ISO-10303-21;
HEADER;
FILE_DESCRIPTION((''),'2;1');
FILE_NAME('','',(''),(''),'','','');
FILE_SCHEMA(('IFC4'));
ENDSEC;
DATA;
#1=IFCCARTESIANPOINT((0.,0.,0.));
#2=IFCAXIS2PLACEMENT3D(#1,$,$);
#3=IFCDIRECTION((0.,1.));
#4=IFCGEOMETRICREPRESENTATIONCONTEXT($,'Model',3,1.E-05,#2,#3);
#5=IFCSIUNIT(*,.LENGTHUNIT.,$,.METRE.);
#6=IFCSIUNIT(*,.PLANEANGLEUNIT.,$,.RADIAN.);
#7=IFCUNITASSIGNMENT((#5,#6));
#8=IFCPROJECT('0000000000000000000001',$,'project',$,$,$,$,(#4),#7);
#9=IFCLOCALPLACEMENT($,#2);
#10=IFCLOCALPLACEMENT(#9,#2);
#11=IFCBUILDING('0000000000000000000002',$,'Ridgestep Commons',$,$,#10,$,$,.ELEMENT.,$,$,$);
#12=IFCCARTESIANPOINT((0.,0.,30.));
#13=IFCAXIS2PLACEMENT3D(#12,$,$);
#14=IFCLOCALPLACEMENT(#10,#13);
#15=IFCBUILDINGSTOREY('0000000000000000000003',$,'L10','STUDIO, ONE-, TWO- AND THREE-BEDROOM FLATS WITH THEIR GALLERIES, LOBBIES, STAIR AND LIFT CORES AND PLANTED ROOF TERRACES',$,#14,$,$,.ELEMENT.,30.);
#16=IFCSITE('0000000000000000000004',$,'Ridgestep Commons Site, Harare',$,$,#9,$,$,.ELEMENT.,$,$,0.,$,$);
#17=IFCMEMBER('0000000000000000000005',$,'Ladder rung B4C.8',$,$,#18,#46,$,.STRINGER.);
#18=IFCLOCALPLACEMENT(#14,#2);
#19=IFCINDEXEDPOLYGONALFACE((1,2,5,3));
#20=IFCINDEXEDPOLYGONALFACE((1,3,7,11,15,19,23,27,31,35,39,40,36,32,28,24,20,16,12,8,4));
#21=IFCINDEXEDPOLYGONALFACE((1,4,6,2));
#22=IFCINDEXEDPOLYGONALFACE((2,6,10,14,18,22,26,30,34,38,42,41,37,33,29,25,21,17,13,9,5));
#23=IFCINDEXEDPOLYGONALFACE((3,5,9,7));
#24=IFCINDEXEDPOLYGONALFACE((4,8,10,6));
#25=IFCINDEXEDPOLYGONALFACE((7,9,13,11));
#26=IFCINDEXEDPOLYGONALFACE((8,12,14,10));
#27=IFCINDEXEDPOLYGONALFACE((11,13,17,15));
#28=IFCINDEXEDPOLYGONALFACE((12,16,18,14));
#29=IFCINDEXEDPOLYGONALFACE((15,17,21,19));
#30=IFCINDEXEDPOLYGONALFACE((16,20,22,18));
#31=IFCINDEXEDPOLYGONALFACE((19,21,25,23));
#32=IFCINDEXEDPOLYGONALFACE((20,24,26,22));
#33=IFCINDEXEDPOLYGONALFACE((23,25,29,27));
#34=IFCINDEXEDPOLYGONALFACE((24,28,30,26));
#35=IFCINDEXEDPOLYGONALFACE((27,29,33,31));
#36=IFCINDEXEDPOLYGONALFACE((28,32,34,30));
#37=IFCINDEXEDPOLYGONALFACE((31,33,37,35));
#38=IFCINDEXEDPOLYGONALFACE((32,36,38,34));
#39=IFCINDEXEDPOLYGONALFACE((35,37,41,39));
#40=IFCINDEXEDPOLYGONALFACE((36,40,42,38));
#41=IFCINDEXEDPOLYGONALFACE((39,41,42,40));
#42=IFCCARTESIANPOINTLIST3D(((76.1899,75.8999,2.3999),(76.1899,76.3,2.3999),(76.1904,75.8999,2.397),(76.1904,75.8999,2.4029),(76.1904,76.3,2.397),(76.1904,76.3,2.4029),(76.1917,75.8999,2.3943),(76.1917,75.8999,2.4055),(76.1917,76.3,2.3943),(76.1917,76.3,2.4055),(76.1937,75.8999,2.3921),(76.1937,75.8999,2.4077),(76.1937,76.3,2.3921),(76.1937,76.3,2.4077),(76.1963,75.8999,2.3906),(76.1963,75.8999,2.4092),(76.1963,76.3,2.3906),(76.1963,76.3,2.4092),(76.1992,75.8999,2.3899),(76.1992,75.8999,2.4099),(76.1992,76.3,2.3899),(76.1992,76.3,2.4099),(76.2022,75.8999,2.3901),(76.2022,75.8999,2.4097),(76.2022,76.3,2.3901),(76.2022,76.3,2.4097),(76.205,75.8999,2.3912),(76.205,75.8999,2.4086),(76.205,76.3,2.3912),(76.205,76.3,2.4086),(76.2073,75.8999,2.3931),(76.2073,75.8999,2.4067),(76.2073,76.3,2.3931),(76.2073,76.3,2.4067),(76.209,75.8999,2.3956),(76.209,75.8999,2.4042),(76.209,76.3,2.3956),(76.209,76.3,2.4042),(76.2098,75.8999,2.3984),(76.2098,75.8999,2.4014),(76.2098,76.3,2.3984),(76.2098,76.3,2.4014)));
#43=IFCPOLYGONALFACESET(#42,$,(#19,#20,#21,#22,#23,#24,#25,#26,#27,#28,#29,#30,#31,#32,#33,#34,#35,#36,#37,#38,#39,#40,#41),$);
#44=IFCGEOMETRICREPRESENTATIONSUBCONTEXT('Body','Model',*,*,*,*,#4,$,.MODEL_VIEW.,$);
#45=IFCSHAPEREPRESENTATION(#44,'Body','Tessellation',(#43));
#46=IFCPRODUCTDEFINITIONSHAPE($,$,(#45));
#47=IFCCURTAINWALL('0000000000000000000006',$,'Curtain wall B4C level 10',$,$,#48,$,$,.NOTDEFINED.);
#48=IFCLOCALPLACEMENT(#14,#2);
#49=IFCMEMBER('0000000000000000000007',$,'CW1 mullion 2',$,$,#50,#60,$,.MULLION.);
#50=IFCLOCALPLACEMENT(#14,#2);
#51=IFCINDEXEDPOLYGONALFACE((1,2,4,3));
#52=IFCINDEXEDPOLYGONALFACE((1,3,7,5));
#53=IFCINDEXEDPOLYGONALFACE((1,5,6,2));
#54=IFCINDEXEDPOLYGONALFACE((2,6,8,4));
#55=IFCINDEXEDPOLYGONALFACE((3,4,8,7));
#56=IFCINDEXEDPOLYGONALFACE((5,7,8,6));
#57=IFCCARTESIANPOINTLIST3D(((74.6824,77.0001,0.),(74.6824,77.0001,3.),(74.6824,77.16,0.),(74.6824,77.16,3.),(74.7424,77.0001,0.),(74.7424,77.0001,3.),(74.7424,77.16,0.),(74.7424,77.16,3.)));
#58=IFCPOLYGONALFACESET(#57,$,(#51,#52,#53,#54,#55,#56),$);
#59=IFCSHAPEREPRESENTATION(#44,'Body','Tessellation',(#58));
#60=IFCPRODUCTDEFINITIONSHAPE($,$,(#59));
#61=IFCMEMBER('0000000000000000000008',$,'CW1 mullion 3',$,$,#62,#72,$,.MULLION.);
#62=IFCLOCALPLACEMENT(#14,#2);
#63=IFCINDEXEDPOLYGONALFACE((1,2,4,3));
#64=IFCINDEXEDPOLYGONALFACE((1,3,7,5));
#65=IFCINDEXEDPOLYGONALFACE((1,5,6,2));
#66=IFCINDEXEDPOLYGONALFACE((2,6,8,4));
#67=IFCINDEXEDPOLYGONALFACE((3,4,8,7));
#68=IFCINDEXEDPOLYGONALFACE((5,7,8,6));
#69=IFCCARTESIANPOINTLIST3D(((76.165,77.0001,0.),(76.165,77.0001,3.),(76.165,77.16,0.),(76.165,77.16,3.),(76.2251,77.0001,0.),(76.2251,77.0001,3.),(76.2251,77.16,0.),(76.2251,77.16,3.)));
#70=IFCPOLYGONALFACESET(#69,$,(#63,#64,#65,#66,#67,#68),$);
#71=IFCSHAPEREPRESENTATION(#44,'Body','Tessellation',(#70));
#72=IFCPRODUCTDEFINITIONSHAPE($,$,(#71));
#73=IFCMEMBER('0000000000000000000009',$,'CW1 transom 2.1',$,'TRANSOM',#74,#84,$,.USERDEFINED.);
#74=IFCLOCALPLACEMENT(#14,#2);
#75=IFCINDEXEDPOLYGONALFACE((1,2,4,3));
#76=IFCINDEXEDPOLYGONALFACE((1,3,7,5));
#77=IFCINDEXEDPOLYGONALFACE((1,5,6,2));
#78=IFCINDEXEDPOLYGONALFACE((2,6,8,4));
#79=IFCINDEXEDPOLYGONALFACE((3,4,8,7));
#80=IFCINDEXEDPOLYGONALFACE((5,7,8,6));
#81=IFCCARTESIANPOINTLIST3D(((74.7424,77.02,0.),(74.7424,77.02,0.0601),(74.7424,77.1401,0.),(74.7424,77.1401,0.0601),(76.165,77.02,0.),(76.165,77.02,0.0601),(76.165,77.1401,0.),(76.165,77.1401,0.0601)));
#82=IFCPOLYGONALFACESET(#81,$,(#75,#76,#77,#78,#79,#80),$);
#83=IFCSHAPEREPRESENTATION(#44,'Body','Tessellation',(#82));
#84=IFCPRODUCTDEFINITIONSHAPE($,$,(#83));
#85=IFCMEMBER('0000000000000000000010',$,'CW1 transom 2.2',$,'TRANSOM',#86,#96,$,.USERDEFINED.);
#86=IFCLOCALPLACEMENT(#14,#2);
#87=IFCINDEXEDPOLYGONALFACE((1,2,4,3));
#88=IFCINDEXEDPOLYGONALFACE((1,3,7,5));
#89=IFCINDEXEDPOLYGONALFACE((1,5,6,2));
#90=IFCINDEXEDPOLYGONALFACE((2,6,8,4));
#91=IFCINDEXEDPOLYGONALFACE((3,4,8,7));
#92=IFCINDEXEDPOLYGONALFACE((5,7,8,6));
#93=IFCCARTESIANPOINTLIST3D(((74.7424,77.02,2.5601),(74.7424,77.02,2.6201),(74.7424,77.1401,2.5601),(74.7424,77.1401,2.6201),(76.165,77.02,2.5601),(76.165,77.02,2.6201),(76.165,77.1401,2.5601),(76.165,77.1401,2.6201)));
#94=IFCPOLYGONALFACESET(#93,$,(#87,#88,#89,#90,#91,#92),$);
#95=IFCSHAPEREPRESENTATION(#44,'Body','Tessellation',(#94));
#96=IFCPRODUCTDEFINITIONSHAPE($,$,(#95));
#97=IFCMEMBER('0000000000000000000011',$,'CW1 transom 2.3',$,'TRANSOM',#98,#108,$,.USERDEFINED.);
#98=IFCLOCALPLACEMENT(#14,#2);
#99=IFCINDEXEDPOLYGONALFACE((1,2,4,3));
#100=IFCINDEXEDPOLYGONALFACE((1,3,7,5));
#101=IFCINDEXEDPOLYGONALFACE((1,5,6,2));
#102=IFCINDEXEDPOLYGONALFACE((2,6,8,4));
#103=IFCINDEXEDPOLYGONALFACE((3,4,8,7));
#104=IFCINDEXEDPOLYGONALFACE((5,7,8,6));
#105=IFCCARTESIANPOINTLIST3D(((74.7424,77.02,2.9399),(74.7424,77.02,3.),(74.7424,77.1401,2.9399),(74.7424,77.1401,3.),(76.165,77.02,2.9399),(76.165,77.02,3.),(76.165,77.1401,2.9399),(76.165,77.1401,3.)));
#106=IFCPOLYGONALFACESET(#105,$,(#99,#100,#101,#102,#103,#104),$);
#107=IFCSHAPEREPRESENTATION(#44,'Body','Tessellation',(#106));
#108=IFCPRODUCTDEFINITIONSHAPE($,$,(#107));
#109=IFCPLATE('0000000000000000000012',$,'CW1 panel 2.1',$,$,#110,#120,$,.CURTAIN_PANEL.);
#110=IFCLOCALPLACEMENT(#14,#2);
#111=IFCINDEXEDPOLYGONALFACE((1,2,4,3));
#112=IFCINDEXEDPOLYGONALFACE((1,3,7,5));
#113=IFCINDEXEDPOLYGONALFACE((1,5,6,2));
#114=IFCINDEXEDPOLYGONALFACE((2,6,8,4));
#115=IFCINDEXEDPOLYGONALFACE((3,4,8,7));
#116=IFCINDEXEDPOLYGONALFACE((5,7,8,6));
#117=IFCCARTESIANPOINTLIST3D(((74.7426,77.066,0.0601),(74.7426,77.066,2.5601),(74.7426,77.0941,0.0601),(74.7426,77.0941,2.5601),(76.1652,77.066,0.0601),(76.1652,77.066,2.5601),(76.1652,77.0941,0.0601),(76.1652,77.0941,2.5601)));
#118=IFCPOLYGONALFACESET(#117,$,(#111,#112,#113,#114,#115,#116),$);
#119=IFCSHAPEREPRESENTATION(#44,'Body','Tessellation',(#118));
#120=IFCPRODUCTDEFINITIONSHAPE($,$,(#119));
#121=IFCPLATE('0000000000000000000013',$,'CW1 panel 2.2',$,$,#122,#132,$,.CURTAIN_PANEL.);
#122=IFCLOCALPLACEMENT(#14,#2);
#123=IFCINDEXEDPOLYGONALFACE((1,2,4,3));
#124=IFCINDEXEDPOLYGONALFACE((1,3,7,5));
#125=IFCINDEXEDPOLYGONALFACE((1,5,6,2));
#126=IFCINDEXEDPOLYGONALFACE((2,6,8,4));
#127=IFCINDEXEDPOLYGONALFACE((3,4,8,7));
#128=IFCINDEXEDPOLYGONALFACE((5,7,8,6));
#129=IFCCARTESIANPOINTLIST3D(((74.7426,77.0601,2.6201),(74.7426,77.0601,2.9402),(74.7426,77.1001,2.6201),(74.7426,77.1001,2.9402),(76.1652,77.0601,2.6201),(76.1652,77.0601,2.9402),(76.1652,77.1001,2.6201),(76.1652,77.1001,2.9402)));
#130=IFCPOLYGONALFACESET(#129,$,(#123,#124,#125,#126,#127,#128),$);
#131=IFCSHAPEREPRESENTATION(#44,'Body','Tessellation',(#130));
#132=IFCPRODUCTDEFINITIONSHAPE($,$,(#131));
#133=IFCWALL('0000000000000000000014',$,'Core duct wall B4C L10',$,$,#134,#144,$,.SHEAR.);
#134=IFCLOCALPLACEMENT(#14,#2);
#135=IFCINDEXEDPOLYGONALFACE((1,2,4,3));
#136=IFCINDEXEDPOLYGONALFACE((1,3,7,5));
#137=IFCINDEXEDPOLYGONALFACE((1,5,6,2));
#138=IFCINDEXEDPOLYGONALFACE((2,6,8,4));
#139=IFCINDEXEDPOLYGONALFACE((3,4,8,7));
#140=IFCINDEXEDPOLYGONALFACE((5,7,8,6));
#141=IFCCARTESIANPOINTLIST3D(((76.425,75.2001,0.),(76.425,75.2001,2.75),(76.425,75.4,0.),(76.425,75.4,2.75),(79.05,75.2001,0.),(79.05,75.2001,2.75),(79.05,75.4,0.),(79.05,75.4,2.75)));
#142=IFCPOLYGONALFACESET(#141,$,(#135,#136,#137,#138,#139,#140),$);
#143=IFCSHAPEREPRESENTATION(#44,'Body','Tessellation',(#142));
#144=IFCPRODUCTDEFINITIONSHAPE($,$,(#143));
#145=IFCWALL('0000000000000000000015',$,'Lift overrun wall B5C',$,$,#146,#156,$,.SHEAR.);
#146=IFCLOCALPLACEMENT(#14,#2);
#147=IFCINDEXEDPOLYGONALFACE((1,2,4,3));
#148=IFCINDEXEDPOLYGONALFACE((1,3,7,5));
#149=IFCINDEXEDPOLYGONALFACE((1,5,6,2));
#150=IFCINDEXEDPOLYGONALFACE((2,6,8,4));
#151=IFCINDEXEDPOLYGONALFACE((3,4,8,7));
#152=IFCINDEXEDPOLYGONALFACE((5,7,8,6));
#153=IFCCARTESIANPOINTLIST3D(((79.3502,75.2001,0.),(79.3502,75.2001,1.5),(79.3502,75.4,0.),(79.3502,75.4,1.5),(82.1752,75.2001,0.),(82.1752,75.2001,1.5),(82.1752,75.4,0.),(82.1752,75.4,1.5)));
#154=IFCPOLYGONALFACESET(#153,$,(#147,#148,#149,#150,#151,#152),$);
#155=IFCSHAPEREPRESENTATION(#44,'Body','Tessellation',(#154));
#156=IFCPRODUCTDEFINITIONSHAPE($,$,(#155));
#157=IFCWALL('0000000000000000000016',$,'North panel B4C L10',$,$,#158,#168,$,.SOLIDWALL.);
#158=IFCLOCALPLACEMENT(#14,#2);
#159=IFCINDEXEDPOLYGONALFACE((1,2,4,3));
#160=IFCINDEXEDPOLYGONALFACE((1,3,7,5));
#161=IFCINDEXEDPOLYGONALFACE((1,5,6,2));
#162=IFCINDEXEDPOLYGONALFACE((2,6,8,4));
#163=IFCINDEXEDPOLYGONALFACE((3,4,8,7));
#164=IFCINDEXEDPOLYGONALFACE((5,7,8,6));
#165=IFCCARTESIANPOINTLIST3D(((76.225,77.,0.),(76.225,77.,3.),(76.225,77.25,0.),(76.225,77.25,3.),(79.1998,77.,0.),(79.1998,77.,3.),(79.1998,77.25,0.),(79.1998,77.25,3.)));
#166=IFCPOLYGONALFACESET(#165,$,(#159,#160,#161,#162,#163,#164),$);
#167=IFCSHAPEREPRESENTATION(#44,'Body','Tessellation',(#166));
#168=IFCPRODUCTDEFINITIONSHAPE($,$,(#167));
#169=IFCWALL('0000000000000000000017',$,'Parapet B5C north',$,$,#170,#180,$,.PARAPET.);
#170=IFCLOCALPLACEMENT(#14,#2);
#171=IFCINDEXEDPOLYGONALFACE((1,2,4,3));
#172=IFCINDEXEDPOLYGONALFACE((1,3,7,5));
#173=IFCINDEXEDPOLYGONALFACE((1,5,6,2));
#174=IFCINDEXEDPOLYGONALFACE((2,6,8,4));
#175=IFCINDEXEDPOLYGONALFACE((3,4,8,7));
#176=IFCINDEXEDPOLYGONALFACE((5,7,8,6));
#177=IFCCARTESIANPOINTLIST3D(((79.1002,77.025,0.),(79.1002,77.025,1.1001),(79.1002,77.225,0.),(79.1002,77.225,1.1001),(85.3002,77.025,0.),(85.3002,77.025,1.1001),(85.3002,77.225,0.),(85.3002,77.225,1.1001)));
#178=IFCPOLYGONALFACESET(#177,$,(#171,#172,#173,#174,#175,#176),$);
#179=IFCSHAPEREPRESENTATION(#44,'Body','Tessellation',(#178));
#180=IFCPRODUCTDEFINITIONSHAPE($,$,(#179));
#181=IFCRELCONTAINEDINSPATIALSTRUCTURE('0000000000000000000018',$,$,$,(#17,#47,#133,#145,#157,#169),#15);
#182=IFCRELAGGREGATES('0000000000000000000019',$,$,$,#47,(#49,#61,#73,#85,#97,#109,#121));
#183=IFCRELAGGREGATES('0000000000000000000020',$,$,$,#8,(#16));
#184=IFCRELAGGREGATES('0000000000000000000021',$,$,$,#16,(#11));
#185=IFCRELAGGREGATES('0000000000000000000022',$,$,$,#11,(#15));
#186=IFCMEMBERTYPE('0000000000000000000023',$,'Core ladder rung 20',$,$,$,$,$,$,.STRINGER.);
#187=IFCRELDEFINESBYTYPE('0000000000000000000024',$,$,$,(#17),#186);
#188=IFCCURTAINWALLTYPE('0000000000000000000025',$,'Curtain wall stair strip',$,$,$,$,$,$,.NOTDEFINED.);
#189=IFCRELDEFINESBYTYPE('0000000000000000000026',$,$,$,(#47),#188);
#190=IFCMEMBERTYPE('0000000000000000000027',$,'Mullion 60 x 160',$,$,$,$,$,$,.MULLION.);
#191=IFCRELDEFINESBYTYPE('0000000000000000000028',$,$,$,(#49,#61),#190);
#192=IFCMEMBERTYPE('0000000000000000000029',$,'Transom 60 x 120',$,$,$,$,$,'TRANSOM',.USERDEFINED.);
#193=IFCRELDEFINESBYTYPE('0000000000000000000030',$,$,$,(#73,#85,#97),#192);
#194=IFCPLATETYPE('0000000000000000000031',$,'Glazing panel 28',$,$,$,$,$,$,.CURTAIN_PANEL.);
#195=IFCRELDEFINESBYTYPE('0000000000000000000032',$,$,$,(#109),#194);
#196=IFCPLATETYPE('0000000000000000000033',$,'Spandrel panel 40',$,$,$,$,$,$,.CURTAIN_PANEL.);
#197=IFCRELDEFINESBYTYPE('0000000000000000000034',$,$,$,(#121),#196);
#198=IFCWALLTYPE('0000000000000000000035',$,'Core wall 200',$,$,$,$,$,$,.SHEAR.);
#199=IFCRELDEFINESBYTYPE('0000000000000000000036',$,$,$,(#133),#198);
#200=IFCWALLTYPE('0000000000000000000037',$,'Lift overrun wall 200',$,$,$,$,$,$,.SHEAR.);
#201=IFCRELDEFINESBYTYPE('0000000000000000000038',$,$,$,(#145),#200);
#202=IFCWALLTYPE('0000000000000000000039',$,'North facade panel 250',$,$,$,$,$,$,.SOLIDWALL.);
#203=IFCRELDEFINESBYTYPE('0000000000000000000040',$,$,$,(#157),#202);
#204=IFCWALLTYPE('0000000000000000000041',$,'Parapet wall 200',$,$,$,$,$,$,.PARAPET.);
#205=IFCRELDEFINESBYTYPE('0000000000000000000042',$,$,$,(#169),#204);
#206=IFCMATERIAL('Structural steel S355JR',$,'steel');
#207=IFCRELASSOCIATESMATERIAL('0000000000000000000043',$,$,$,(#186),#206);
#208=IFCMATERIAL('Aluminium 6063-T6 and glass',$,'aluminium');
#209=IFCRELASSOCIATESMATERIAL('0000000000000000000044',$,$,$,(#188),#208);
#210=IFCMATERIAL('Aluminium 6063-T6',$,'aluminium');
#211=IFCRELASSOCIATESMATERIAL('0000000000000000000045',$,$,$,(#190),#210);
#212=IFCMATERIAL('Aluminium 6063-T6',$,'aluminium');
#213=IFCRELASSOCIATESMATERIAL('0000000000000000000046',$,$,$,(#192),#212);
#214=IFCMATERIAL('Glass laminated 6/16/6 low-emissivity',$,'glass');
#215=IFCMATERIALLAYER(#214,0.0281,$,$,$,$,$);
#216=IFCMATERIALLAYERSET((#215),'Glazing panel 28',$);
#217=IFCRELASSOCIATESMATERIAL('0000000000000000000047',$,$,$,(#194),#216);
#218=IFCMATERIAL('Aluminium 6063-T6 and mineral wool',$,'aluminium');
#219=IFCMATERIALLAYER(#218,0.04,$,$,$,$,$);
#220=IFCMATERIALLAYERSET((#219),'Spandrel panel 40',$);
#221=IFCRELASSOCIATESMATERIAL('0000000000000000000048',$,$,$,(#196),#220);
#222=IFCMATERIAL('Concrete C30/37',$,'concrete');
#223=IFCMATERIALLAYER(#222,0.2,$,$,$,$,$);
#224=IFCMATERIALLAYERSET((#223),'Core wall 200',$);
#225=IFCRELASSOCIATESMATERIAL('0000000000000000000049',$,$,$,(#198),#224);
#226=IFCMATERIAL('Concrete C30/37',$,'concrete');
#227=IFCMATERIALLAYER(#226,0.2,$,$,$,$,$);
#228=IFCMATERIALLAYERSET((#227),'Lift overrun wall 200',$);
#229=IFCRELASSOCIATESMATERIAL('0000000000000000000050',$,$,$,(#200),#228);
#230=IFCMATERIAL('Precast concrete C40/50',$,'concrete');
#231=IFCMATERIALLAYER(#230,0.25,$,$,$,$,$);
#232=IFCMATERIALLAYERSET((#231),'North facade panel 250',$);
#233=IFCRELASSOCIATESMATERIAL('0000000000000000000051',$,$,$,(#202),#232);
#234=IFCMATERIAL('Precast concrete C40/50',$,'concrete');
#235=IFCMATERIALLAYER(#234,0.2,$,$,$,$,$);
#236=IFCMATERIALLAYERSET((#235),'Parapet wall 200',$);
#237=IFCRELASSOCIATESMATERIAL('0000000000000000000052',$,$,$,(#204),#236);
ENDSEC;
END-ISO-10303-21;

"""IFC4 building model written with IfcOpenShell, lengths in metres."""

from ifc_helpers import new_model, si_unit, direction, frame, frame_2d, origin, origin_2d, place, context, subcontext, project, spatial, rectangle, circle, extrude, material, layer, layer_set, material_profile, profile_set, type_object, element, aggregate, save


model = new_model("IFC4")

# Units and contexts
model_context = context("Model", 3, precision=1e-05, world=origin(), true_north=direction((0.0, 1.0)))
body_context = subcontext(model_context, "Body", "Model", "MODEL_VIEW")
ifc_project = project(units=[si_unit("LENGTHUNIT", "METRE"), si_unit("PLANEANGLEUNIT", "RADIAN")], contexts=[model_context])

# Site, building, storey
site_placement = place(None, origin())
site = spatial("IfcSite", under=ifc_project, at=site_placement, Name="Ridgestep Commons Site, Harare", CompositionType="ELEMENT", RefElevation=0.0)
building_placement = place(site_placement, origin())
building = spatial("IfcBuilding", under=site, at=building_placement, Name="Ridgestep Commons", CompositionType="ELEMENT")
storey_placement = place(building_placement, frame((0.0, 0.0, 30.0)))
storey = spatial("IfcBuildingStorey", under=building, at=storey_placement, Name="L10", Description="STUDIO, ONE-, TWO- AND THREE-BEDROOM FLATS WITH THEIR GALLERIES, LOBBIES, STAIR AND LIFT CORES AND PLANTED ROOF TERRACES", CompositionType="ELEMENT", Elevation=30.0)

# Member
ifc_material_1 = material(Name="Structural steel S355JR", Category="steel")
ifc_material_profile_1 = material_profile(ifc_material_1, circle(Radius=0.01, at=origin_2d()), Name="Round bar 20")
ifc_profile_set_1 = profile_set([ifc_material_profile_1], Name="Structural steel S355JR")
member_type_1 = type_object("IfcMemberType", Name="Core ladder rung 20", PredefinedType="STRINGER", material=ifc_profile_set_1)
for number, where, z_axis, x_axis, name in (
    (1, (76.2, 75.8999, 2.3999), (0.0, 1.0, 0.0), (-1.0, 0.0, 0.0), "Ladder rung B4C.8"),
):
    element("IfcMember", number, at=place(storey_placement, frame(where, z_axis=z_axis, x_axis=x_axis)), inside=storey, type_object=member_type_1, Name=name, PredefinedType="STRINGER", context=body_context, shape_type="SweptSolid", body=[
        extrude(circle(Radius=0.01, at=origin_2d()), origin(), (0.0, 0.0, 1.0), 0.4001),
    ])

# Curtain wall, members, plates
ifc_material_2 = material(Name="Aluminium 6063-T6 and glass", Category="aluminium")
curtain_wall_type = type_object("IfcCurtainWallType", Name="Curtain wall stair strip", PredefinedType="NOTDEFINED", material=ifc_material_2)
curtain_wall_placement = place(storey_placement, origin())
curtain_wall = element("IfcCurtainWall", 2, at=curtain_wall_placement, inside=storey, type_object=curtain_wall_type, Name="Curtain wall B4C level 10", PredefinedType="NOTDEFINED")
ifc_material_3 = material(Name="Aluminium 6063-T6", Category="aluminium")
ifc_material_profile_2 = material_profile(ifc_material_3, rectangle(XDim=0.1599, YDim=0.0601, at=origin_2d()), Name="Mullion 60 x 160")
ifc_profile_set_2 = profile_set([ifc_material_profile_2], Name="Aluminium 6063-T6")
member_type_2 = type_object("IfcMemberType", Name="Mullion 60 x 160", PredefinedType="MULLION", material=ifc_profile_set_2)
member_1_placement = place(storey_placement, frame((74.7124, 77.0801, 0.0), z_axis=(0.0, 0.0, 1.0), x_axis=(0.0, 1.0, 0.0)))
member_1 = element("IfcMember", 3, at=member_1_placement, type_object=member_type_2, Name="CW1 mullion 2", PredefinedType="MULLION", context=body_context, shape_type="SweptSolid", body=[
    extrude(rectangle(XDim=0.1599, YDim=0.0601, at=origin_2d()), origin(), (0.0, 0.0, 1.0), 3.0),
])
member_2_placement = place(storey_placement, frame((76.1951, 77.0801, 0.0), z_axis=(0.0, 0.0, 1.0), x_axis=(0.0, 1.0, 0.0)))
member_2 = element("IfcMember", 4, at=member_2_placement, type_object=member_type_2, Name="CW1 mullion 3", PredefinedType="MULLION", context=body_context, shape_type="SweptSolid", body=[
    extrude(rectangle(XDim=0.1599, YDim=0.0601, at=origin_2d()), origin(), (0.0, 0.0, 1.0), 3.0),
])
ifc_material_4 = material(Name="Aluminium 6063-T6", Category="aluminium")
ifc_material_profile_3 = material_profile(ifc_material_4, rectangle(XDim=0.1201, YDim=0.0601, at=origin_2d()), Name="Transom 60 x 120")
ifc_profile_set_3 = profile_set([ifc_material_profile_3], Name="Aluminium 6063-T6")
member_type_3 = type_object("IfcMemberType", Name="Transom 60 x 120", ElementType="TRANSOM", PredefinedType="USERDEFINED", material=ifc_profile_set_3)
member_3_placement = place(storey_placement, frame((74.7424, 77.0801, 0.03), z_axis=(1.0, 0.0, 0.0), x_axis=(0.0, 1.0, 0.0)))
member_3 = element("IfcMember", 5, at=member_3_placement, type_object=member_type_3, Name="CW1 transom 2.1", ObjectType="TRANSOM", PredefinedType="USERDEFINED", context=body_context, shape_type="SweptSolid", body=[
    extrude(rectangle(XDim=0.1201, YDim=0.0601, at=origin_2d()), origin(), (0.0, 0.0, 1.0), 1.4226),
])
member_4_placement = place(storey_placement, frame((74.7424, 77.0801, 2.5901), z_axis=(1.0, 0.0, 0.0), x_axis=(0.0, 1.0, 0.0)))
member_4 = element("IfcMember", 6, at=member_4_placement, type_object=member_type_3, Name="CW1 transom 2.2", ObjectType="TRANSOM", PredefinedType="USERDEFINED", context=body_context, shape_type="SweptSolid", body=[
    extrude(rectangle(XDim=0.1201, YDim=0.0601, at=origin_2d()), origin(), (0.0, 0.0, 1.0), 1.4226),
])
member_5_placement = place(storey_placement, frame((74.7424, 77.0801, 2.97), z_axis=(1.0, 0.0, 0.0), x_axis=(0.0, 1.0, 0.0)))
member_5 = element("IfcMember", 7, at=member_5_placement, type_object=member_type_3, Name="CW1 transom 2.3", ObjectType="TRANSOM", PredefinedType="USERDEFINED", context=body_context, shape_type="SweptSolid", body=[
    extrude(rectangle(XDim=0.1201, YDim=0.0601, at=origin_2d()), origin(), (0.0, 0.0, 1.0), 1.4226),
])
ifc_material_5 = material(Name="Glass laminated 6/16/6 low-emissivity", Category="glass")
ifc_layer_1 = layer(ifc_material_5, 0.0281)
ifc_layer_set_1 = layer_set([ifc_layer_1], Name="Glazing panel 28")
plate_type_1 = type_object("IfcPlateType", Name="Glazing panel 28", PredefinedType="CURTAIN_PANEL", material=ifc_layer_set_1)
plate_1_placement = place(storey_placement, frame((75.4539, 77.0801, 0.0601), z_axis=(0.0, 0.0, 1.0), x_axis=(1.0, 0.0, 0.0)))
plate_1 = element("IfcPlate", 8, at=plate_1_placement, type_object=plate_type_1, Name="CW1 panel 2.1", PredefinedType="CURTAIN_PANEL", context=body_context, shape_type="SweptSolid", body=[
    extrude(rectangle(XDim=1.4226, YDim=0.0281, at=origin_2d()), origin(), (0.0, 0.0, 1.0), 2.5),
])
ifc_material_6 = material(Name="Aluminium 6063-T6 and mineral wool", Category="aluminium")
ifc_layer_2 = layer(ifc_material_6, 0.04)
ifc_layer_set_2 = layer_set([ifc_layer_2], Name="Spandrel panel 40")
plate_type_2 = type_object("IfcPlateType", Name="Spandrel panel 40", PredefinedType="CURTAIN_PANEL", material=ifc_layer_set_2)
plate_2_placement = place(storey_placement, frame((75.4539, 77.0801, 2.6201), z_axis=(0.0, 0.0, 1.0), x_axis=(1.0, 0.0, 0.0)))
plate_2 = element("IfcPlate", 9, at=plate_2_placement, type_object=plate_type_2, Name="CW1 panel 2.2", PredefinedType="CURTAIN_PANEL", context=body_context, shape_type="SweptSolid", body=[
    extrude(rectangle(XDim=1.4226, YDim=0.04, at=origin_2d()), origin(), (0.0, 0.0, 1.0), 0.3201),
])
aggregate(curtain_wall, [member_1, member_2, member_3, member_4, member_5, plate_1, plate_2])

# Walls
ifc_material_7 = material(Name="Concrete C30/37", Category="concrete")
ifc_layer_3 = layer(ifc_material_7, 0.2)
ifc_layer_set_3 = layer_set([ifc_layer_3], Name="Core wall 200")
wall_type_1 = type_object("IfcWallType", Name="Core wall 200", PredefinedType="SHEAR", material=ifc_layer_set_3)
wall_1_placement = place(storey_placement, frame((76.425, 75.3, 0.0), z_axis=(0.0, 0.0, 1.0), x_axis=(1.0, 0.0, 0.0)))
element("IfcWall", 10, at=wall_1_placement, inside=storey, type_object=wall_type_1, Name="Core duct wall B4C L10", PredefinedType="SHEAR", context=body_context, shape_type="SweptSolid", body=[
    extrude(rectangle(XDim=2.625, YDim=0.2, at=frame_2d((1.3125, 0.0))), origin(), (0.0, 0.0, 1.0), 2.75),
])
ifc_material_8 = material(Name="Concrete C30/37", Category="concrete")
ifc_layer_4 = layer(ifc_material_8, 0.2)
ifc_layer_set_4 = layer_set([ifc_layer_4], Name="Lift overrun wall 200")
wall_type_2 = type_object("IfcWallType", Name="Lift overrun wall 200", PredefinedType="SHEAR", material=ifc_layer_set_4)
wall_2_placement = place(storey_placement, frame((79.3501, 75.3, 0.0), z_axis=(0.0, 0.0, 1.0), x_axis=(1.0, 0.0, 0.0)))
element("IfcWall", 11, at=wall_2_placement, inside=storey, type_object=wall_type_2, Name="Lift overrun wall B5C", PredefinedType="SHEAR", context=body_context, shape_type="SweptSolid", body=[
    extrude(rectangle(XDim=2.825, YDim=0.2, at=frame_2d((1.4126, 0.0))), origin(), (0.0, 0.0, 1.0), 1.5),
])
ifc_material_9 = material(Name="Precast concrete C40/50", Category="concrete")
ifc_layer_5 = layer(ifc_material_9, 0.25)
ifc_layer_set_5 = layer_set([ifc_layer_5], Name="North facade panel 250")
wall_type_3 = type_object("IfcWallType", Name="North facade panel 250", PredefinedType="SOLIDWALL", material=ifc_layer_set_5)
wall_3_placement = place(storey_placement, frame((76.2251, 77.125, 0.0), z_axis=(0.0, 0.0, 1.0), x_axis=(1.0, 0.0, 0.0)))
element("IfcWall", 12, at=wall_3_placement, inside=storey, type_object=wall_type_3, Name="North panel B4C L10", PredefinedType="SOLIDWALL", context=body_context, shape_type="SweptSolid", body=[
    extrude(rectangle(XDim=2.9749, YDim=0.25, at=frame_2d((1.4873, 0.0))), origin(), (0.0, 0.0, 1.0), 3.0),
])
ifc_material_10 = material(Name="Precast concrete C40/50", Category="concrete")
ifc_layer_6 = layer(ifc_material_10, 0.2)
ifc_layer_set_6 = layer_set([ifc_layer_6], Name="Parapet wall 200")
wall_type_4 = type_object("IfcWallType", Name="Parapet wall 200", PredefinedType="PARAPET", material=ifc_layer_set_6)
wall_4_placement = place(storey_placement, frame((79.1001, 77.125, 0.0), z_axis=(0.0, 0.0, 1.0), x_axis=(1.0, 0.0, 0.0)))
element("IfcWall", 13, at=wall_4_placement, inside=storey, type_object=wall_type_4, Name="Parapet B5C north", PredefinedType="PARAPET", context=body_context, shape_type="SweptSolid", body=[
    extrude(rectangle(XDim=6.2, YDim=0.2, at=frame_2d((3.1001, 0.0))), origin(), (0.0, 0.0, 1.0), 1.1001),
])

save(model, "model.ifc")
